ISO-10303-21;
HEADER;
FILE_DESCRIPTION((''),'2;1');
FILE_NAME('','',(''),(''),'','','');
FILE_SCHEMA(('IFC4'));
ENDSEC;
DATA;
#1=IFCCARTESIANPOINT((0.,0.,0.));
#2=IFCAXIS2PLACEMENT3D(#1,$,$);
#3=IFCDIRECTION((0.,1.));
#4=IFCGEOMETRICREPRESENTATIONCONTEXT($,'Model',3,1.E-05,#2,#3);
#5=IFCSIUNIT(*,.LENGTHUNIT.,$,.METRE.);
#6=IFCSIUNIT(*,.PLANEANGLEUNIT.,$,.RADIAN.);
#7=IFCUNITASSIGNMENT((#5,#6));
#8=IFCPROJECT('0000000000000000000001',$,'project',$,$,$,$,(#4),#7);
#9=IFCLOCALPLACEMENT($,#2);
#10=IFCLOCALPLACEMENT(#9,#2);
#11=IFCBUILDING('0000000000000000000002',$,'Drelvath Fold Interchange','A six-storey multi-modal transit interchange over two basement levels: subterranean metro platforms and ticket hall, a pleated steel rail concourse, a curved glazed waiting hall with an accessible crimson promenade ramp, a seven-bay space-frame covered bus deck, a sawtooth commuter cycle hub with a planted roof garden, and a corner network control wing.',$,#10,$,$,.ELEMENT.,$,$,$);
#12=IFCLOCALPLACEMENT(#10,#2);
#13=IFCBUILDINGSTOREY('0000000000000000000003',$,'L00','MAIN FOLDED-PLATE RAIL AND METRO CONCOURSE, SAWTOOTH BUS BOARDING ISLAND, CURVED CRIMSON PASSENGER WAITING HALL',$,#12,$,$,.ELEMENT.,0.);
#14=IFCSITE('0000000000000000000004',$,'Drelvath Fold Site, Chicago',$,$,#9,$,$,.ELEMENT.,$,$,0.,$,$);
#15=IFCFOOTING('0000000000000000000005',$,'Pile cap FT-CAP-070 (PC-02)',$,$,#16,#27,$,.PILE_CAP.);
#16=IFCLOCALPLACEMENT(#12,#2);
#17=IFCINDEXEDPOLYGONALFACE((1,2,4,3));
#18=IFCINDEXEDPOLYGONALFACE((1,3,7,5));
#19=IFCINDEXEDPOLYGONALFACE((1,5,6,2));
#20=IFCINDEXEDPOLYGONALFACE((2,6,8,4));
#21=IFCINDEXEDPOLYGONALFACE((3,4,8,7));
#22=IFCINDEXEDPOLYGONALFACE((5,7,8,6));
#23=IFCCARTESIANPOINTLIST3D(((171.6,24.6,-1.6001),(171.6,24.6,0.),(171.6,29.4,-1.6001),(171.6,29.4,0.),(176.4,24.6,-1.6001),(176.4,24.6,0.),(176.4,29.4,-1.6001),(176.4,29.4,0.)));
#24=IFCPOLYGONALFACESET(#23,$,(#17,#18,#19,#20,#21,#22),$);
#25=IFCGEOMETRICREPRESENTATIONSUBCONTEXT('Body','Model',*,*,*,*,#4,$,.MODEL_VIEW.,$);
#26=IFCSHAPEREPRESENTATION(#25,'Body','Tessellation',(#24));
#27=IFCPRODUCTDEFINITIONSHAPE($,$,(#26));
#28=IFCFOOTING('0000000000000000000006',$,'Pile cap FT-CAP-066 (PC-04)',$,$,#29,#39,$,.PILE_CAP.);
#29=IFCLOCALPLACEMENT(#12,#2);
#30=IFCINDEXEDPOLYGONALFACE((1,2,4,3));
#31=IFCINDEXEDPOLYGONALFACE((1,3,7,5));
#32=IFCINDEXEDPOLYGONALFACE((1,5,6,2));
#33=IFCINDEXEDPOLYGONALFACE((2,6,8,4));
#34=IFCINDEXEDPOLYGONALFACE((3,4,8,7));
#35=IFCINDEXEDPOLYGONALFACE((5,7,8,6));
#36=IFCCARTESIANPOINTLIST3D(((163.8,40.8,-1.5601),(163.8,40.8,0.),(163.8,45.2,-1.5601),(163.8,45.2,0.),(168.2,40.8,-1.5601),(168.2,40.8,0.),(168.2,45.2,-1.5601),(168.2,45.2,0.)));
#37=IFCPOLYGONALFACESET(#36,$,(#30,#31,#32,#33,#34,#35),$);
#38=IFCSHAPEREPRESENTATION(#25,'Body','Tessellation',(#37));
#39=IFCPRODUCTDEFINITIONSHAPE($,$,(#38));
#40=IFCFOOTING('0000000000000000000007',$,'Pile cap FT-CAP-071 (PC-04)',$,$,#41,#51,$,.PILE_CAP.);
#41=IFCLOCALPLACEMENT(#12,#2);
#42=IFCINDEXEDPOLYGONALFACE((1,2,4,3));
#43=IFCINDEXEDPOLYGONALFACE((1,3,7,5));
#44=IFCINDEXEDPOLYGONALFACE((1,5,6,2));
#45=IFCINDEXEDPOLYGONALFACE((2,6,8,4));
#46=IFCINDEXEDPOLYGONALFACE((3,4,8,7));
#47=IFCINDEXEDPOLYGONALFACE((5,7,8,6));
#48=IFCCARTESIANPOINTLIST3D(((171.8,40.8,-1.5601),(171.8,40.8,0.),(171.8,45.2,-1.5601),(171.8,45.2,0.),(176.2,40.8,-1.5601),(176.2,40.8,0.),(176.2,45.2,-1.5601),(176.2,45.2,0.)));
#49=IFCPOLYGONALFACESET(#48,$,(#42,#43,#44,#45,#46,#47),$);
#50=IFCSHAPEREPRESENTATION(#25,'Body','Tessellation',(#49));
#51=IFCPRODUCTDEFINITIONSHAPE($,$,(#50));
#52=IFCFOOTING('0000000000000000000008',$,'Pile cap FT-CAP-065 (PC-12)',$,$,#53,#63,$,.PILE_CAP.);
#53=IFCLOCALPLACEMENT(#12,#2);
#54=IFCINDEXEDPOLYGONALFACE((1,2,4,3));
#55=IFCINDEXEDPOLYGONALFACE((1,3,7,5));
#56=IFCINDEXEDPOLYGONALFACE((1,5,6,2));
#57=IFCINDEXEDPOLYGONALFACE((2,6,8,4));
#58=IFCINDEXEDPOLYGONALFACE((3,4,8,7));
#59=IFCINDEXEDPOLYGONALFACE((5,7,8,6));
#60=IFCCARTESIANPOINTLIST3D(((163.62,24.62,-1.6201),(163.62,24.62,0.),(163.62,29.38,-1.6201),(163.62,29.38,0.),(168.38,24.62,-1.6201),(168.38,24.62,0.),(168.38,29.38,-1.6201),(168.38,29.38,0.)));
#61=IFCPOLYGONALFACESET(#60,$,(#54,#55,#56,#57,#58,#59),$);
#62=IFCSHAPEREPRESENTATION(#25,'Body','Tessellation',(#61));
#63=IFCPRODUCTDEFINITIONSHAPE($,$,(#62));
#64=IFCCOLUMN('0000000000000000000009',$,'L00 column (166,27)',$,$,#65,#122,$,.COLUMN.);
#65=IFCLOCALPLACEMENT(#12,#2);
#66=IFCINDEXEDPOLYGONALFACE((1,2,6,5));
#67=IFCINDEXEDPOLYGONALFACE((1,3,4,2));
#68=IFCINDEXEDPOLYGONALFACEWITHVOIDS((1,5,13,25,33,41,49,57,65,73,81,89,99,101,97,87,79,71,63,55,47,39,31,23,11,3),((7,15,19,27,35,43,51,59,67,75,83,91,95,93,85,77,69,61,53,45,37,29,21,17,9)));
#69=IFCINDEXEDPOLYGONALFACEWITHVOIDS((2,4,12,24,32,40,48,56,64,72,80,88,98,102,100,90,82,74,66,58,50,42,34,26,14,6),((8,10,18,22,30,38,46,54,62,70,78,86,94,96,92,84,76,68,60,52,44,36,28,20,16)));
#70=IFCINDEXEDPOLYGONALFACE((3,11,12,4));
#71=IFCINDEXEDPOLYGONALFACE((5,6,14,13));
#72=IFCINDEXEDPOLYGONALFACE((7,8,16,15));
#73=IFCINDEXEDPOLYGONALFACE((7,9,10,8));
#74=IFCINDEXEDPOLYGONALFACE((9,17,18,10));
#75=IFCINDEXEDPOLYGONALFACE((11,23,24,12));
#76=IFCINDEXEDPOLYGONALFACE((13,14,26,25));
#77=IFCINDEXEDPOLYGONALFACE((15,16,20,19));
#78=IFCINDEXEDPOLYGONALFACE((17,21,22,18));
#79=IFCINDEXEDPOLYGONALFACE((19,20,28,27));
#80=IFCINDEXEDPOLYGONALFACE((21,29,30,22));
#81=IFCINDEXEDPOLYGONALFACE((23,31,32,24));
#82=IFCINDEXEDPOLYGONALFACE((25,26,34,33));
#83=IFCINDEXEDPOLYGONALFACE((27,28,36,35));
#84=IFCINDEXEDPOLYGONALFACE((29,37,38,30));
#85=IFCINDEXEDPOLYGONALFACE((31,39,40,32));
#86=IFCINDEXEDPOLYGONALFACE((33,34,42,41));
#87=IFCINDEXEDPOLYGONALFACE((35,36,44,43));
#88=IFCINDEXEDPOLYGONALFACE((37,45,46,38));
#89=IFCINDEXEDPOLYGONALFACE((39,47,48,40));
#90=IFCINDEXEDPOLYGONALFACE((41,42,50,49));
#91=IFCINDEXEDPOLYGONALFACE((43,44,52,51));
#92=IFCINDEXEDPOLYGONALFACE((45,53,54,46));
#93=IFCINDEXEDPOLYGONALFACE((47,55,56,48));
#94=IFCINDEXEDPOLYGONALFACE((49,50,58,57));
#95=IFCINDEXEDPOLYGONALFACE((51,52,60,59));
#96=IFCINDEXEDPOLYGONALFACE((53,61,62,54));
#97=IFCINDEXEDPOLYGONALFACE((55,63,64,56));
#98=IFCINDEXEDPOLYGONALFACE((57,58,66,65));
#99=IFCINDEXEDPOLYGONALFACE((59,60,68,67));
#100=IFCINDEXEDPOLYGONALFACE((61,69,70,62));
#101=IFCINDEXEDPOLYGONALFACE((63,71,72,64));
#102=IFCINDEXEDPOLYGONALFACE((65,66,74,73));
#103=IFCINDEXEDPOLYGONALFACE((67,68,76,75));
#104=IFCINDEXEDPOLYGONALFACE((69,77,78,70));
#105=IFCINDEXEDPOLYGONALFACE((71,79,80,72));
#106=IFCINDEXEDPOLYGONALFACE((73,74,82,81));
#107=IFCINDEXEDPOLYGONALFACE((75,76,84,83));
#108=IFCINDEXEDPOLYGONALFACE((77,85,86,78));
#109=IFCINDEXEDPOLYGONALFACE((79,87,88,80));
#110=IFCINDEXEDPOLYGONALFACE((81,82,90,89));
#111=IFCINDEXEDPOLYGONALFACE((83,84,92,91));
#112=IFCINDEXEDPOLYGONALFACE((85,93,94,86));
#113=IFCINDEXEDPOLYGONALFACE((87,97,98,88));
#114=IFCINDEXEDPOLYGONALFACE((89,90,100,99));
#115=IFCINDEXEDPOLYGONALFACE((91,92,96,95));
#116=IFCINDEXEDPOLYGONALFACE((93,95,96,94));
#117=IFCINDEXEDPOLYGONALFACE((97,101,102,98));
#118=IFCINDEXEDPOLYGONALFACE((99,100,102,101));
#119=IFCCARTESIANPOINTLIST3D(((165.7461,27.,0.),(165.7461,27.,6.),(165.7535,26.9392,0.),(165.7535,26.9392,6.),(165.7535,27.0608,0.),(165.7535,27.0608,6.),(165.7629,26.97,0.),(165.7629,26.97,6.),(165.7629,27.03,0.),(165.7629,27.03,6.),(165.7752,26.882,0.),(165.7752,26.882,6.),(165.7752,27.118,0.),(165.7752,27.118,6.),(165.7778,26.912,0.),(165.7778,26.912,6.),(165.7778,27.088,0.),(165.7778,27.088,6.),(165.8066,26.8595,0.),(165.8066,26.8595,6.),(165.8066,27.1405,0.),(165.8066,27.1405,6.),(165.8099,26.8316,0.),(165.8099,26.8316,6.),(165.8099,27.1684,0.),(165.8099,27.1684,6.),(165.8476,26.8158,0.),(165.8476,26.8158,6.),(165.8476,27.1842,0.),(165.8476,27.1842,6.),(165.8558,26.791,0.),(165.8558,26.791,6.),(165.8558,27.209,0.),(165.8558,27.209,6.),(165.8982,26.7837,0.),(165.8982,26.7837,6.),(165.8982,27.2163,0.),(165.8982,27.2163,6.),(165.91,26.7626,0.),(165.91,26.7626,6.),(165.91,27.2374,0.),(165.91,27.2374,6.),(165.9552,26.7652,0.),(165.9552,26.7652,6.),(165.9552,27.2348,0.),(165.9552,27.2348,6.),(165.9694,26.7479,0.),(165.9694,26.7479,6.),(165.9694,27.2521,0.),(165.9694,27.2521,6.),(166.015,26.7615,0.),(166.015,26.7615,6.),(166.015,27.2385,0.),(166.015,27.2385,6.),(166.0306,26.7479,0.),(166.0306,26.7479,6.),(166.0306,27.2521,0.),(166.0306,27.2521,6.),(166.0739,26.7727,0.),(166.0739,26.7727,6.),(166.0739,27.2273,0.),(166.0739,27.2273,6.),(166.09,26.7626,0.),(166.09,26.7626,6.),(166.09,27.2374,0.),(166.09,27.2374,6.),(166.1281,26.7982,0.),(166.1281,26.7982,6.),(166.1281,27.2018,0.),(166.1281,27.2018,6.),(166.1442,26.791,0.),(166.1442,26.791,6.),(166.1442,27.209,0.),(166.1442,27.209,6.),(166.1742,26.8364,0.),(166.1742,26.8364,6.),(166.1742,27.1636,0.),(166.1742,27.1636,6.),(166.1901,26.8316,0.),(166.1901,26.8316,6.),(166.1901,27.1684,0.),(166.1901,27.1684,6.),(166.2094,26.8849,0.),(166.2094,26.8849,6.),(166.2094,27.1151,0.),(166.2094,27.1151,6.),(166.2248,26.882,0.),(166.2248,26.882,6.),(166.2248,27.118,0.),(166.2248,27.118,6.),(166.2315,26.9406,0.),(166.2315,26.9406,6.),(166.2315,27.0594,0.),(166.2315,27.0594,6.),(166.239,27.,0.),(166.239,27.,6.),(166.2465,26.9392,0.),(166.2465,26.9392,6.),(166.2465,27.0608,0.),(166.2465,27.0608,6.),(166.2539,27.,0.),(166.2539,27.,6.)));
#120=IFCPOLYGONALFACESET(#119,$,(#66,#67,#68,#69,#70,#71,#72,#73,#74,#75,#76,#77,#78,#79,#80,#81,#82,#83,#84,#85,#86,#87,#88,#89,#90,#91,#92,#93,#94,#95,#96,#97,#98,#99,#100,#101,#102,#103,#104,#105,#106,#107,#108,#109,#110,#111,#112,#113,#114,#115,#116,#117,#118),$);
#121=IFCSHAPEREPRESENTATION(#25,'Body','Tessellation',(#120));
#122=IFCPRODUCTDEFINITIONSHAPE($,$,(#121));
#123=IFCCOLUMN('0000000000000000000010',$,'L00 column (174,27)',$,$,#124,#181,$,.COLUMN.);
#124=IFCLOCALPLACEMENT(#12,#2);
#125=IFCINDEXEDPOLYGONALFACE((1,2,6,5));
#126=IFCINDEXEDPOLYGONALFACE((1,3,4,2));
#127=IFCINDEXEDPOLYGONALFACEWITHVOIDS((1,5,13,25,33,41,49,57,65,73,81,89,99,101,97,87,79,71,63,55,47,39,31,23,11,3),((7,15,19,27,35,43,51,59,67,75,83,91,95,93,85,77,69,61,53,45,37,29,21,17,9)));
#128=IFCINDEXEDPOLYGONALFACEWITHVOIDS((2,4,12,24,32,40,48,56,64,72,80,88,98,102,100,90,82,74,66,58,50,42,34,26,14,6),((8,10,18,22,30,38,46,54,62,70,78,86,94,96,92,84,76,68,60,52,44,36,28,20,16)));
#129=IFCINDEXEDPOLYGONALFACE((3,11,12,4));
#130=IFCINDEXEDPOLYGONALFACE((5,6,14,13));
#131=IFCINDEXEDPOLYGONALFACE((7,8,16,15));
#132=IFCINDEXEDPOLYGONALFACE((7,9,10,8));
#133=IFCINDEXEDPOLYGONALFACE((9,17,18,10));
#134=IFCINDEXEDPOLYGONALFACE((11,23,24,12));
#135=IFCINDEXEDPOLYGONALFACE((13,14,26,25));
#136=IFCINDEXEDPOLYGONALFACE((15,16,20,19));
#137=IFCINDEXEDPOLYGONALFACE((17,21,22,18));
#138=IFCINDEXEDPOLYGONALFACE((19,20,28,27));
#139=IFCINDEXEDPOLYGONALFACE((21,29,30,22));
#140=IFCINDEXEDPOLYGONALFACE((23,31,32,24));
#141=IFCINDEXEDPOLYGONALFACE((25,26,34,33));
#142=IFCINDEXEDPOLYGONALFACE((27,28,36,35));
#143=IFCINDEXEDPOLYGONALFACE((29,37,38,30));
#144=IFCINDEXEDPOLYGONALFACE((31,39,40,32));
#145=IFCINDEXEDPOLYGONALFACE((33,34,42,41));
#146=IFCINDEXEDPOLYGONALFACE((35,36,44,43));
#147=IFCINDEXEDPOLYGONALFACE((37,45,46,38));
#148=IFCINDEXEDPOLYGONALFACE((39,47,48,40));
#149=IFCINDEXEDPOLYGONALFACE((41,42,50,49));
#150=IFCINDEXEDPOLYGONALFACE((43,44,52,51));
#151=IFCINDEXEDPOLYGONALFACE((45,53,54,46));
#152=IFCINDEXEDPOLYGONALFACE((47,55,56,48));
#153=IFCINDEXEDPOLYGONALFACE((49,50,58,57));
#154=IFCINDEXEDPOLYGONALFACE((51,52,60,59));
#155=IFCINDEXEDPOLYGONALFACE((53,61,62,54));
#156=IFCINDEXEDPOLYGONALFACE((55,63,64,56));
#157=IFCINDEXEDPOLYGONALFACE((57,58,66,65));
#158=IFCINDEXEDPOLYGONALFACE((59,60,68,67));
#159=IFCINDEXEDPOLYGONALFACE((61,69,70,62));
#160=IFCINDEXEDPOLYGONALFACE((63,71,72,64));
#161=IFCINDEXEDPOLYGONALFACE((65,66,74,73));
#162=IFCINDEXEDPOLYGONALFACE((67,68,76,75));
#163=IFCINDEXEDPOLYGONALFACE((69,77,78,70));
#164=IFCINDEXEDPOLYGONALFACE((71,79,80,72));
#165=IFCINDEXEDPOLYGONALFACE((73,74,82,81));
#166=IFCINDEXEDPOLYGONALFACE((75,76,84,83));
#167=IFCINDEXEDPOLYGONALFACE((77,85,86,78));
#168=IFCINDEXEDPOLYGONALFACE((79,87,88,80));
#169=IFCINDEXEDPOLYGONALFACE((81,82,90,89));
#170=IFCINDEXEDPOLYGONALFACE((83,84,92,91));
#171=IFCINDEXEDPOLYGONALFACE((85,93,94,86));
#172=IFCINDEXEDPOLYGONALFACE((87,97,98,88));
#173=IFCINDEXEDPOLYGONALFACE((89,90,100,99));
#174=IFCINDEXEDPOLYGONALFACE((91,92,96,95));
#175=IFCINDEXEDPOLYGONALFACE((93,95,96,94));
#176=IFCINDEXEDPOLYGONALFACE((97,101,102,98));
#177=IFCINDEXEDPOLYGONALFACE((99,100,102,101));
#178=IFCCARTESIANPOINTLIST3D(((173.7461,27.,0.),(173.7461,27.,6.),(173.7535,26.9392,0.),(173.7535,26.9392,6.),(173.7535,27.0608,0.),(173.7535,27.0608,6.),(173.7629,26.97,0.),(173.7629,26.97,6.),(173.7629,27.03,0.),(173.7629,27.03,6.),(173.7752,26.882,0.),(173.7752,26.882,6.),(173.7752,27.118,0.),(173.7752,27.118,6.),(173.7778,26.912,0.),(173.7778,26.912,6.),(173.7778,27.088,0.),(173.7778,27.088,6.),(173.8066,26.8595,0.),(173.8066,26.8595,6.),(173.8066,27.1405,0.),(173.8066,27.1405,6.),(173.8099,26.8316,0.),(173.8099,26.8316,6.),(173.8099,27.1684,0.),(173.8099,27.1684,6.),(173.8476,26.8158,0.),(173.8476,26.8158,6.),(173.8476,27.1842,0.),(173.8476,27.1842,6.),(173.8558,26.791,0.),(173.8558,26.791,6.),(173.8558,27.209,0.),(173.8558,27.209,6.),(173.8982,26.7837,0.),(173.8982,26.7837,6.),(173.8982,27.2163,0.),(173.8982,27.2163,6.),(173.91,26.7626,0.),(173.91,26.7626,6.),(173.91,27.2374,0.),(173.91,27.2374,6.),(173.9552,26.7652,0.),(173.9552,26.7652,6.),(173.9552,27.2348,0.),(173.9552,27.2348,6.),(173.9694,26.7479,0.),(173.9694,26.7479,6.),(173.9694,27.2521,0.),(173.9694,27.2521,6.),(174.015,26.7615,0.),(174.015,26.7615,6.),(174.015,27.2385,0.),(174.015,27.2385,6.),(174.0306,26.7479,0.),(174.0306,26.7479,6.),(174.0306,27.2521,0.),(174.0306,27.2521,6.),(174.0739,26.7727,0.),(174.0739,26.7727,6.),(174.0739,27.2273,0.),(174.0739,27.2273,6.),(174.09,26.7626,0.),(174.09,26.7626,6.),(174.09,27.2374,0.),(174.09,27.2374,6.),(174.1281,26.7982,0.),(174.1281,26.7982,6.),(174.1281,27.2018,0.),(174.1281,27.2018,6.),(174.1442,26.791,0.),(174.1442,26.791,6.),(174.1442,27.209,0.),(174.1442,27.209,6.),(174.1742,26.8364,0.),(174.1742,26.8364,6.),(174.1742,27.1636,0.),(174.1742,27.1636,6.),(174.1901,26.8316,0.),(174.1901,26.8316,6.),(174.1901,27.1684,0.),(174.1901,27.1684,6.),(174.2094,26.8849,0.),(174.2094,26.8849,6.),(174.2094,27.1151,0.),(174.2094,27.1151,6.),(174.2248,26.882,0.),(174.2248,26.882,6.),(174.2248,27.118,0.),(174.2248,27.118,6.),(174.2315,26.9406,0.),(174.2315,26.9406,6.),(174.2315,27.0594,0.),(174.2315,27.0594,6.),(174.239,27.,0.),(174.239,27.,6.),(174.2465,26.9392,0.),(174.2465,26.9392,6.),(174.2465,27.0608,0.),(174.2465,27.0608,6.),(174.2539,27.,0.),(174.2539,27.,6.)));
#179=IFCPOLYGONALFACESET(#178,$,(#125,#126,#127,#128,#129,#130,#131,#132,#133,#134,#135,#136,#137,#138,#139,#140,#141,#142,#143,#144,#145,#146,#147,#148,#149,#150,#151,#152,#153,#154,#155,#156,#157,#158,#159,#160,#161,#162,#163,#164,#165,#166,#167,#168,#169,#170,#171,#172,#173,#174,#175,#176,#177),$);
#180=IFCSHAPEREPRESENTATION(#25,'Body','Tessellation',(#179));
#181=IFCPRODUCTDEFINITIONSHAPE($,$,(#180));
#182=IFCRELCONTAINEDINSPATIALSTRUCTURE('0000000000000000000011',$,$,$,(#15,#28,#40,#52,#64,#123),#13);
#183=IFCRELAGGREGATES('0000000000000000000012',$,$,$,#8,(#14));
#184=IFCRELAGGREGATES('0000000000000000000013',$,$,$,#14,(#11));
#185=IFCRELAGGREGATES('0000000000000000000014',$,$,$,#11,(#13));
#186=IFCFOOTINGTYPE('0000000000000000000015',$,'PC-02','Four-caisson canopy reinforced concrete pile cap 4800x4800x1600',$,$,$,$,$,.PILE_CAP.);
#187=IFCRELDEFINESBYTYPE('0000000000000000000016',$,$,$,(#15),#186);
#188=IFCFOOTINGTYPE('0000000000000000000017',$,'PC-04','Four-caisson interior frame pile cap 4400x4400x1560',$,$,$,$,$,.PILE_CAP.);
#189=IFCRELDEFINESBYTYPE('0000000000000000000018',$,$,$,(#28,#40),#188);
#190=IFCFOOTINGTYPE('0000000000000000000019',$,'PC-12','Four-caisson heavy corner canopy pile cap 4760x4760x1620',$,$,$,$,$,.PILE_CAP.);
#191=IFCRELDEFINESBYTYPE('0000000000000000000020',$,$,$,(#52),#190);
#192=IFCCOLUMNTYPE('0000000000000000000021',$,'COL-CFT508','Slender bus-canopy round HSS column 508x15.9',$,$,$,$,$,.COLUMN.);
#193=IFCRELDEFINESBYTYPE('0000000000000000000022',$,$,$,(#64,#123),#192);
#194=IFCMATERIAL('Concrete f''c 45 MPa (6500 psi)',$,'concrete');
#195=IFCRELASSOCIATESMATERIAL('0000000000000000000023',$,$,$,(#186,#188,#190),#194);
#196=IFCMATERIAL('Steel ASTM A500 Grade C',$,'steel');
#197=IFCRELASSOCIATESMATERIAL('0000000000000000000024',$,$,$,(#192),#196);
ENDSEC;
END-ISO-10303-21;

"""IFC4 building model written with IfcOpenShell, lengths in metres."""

from ifc_helpers import new_model, si_unit, direction, frame, origin, origin_2d, place, context, subcontext, project, spatial, rectangle, hollow_circle, extrude, material, material_profile, profile_set, type_object, element, save


model = new_model("IFC4")

# Units and contexts
model_context = context("Model", 3, precision=1e-05, world=origin(), true_north=direction((0.0, 1.0)))
body_context = subcontext(model_context, "Body", "Model", "MODEL_VIEW")
ifc_project = project(units=[si_unit("LENGTHUNIT", "METRE"), si_unit("PLANEANGLEUNIT", "RADIAN")], contexts=[model_context])

# Site, building, storey
site_placement = place(None, origin())
site = spatial("IfcSite", under=ifc_project, at=site_placement, Name="Drelvath Fold Site, Chicago", CompositionType="ELEMENT", RefElevation=0.0)
building_placement = place(site_placement, origin())
building = spatial("IfcBuilding", under=site, at=building_placement, Name="Drelvath Fold Interchange", Description="A six-storey multi-modal transit interchange over two basement levels: subterranean metro platforms and ticket hall, a pleated steel rail concourse, a curved glazed waiting hall with an accessible crimson promenade ramp, a seven-bay space-frame covered bus deck, a sawtooth commuter cycle hub with a planted roof garden, and a corner network control wing.", CompositionType="ELEMENT")
storey_placement = place(building_placement, origin())
storey = spatial("IfcBuildingStorey", under=building, at=storey_placement, Name="L00", Description="MAIN FOLDED-PLATE RAIL AND METRO CONCOURSE, SAWTOOTH BUS BOARDING ISLAND, CURVED CRIMSON PASSENGER WAITING HALL", CompositionType="ELEMENT", Elevation=0.0)

# Footings
ifc_material_1 = material(Name="Concrete f'c 45 MPa (6500 psi)", Category="concrete")
footing_type_1 = type_object("IfcFootingType", Name="PC-02", Description="Four-caisson canopy reinforced concrete pile cap 4800x4800x1600", PredefinedType="PILE_CAP", material=ifc_material_1)
footing_1_placement = place(storey_placement, frame((174.0, 27.0, -1.6001), z_axis=(0.0, 0.0, 1.0), x_axis=(1.0, 0.0, 0.0)))
element("IfcFooting", 1, at=footing_1_placement, inside=storey, type_object=footing_type_1, Name="Pile cap FT-CAP-070 (PC-02)", PredefinedType="PILE_CAP", context=body_context, shape_type="SweptSolid", body=[
    extrude(rectangle(XDim=4.8, YDim=4.8, at=origin_2d()), origin(), (0.0, 0.0, 1.0), 1.6001),
])
footing_type_2 = type_object("IfcFootingType", Name="PC-04", Description="Four-caisson interior frame pile cap 4400x4400x1560", PredefinedType="PILE_CAP", material=ifc_material_1)
for number, where, z_axis, x_axis, name in (
    (2, (166.0, 43.0, -1.5601), (0.0, 0.0, 1.0), (1.0, 0.0, 0.0), "Pile cap FT-CAP-066 (PC-04)"),
    (3, (174.0, 43.0, -1.5601), (0.0, 0.0, 1.0), (1.0, 0.0, 0.0), "Pile cap FT-CAP-071 (PC-04)"),
):
    element("IfcFooting", number, at=place(storey_placement, frame(where, z_axis=z_axis, x_axis=x_axis)), inside=storey, type_object=footing_type_2, Name=name, PredefinedType="PILE_CAP", context=body_context, shape_type="SweptSolid", body=[
        extrude(rectangle(XDim=4.3999, YDim=4.3999, at=origin_2d()), origin(), (0.0, 0.0, 1.0), 1.5601),
    ])
footing_type_3 = type_object("IfcFootingType", Name="PC-12", Description="Four-caisson heavy corner canopy pile cap 4760x4760x1620", PredefinedType="PILE_CAP", material=ifc_material_1)
footing_2_placement = place(storey_placement, frame((166.0, 27.0, -1.6201), z_axis=(0.0, 0.0, 1.0), x_axis=(1.0, 0.0, 0.0)))
element("IfcFooting", 4, at=footing_2_placement, inside=storey, type_object=footing_type_3, Name="Pile cap FT-CAP-065 (PC-12)", PredefinedType="PILE_CAP", context=body_context, shape_type="SweptSolid", body=[
    extrude(rectangle(XDim=4.76, YDim=4.76, at=origin_2d()), origin(), (0.0, 0.0, 1.0), 1.6201),
])

# Columns
ifc_material_2 = material(Name="Steel ASTM A500 Grade C", Category="steel")
ifc_material_profile_1 = material_profile(ifc_material_2, hollow_circle(Radius=0.2539, WallThickness=0.0149, at=origin_2d()), Name="HSS20.000X0.625")
ifc_profile_set_1 = profile_set([ifc_material_profile_1], Name="Steel ASTM A500 Grade C")
column_type_1 = type_object("IfcColumnType", Name="COL-CFT508", Description="Slender bus-canopy round HSS column 508x15.9", PredefinedType="COLUMN", material=ifc_profile_set_1)
for number, where, z_axis, x_axis, name in (
    (5, (166.0, 27.0, 0.0), (0.0, 0.0, 1.0), (1.0, 0.0, 0.0), "L00 column (166,27)"),
    (6, (174.0, 27.0, 0.0), (0.0, 0.0, 1.0), (1.0, 0.0, 0.0), "L00 column (174,27)"),
):
    element("IfcColumn", number, at=place(storey_placement, frame(where, z_axis=z_axis, x_axis=x_axis)), inside=storey, type_object=column_type_1, Name=name, PredefinedType="COLUMN", context=body_context, shape_type="SweptSolid", body=[
        extrude(hollow_circle(Radius=0.2539, WallThickness=0.0149, at=origin_2d()), origin(), (0.0, 0.0, 1.0), 6.0),
    ])

save(model, "model.ifc")
